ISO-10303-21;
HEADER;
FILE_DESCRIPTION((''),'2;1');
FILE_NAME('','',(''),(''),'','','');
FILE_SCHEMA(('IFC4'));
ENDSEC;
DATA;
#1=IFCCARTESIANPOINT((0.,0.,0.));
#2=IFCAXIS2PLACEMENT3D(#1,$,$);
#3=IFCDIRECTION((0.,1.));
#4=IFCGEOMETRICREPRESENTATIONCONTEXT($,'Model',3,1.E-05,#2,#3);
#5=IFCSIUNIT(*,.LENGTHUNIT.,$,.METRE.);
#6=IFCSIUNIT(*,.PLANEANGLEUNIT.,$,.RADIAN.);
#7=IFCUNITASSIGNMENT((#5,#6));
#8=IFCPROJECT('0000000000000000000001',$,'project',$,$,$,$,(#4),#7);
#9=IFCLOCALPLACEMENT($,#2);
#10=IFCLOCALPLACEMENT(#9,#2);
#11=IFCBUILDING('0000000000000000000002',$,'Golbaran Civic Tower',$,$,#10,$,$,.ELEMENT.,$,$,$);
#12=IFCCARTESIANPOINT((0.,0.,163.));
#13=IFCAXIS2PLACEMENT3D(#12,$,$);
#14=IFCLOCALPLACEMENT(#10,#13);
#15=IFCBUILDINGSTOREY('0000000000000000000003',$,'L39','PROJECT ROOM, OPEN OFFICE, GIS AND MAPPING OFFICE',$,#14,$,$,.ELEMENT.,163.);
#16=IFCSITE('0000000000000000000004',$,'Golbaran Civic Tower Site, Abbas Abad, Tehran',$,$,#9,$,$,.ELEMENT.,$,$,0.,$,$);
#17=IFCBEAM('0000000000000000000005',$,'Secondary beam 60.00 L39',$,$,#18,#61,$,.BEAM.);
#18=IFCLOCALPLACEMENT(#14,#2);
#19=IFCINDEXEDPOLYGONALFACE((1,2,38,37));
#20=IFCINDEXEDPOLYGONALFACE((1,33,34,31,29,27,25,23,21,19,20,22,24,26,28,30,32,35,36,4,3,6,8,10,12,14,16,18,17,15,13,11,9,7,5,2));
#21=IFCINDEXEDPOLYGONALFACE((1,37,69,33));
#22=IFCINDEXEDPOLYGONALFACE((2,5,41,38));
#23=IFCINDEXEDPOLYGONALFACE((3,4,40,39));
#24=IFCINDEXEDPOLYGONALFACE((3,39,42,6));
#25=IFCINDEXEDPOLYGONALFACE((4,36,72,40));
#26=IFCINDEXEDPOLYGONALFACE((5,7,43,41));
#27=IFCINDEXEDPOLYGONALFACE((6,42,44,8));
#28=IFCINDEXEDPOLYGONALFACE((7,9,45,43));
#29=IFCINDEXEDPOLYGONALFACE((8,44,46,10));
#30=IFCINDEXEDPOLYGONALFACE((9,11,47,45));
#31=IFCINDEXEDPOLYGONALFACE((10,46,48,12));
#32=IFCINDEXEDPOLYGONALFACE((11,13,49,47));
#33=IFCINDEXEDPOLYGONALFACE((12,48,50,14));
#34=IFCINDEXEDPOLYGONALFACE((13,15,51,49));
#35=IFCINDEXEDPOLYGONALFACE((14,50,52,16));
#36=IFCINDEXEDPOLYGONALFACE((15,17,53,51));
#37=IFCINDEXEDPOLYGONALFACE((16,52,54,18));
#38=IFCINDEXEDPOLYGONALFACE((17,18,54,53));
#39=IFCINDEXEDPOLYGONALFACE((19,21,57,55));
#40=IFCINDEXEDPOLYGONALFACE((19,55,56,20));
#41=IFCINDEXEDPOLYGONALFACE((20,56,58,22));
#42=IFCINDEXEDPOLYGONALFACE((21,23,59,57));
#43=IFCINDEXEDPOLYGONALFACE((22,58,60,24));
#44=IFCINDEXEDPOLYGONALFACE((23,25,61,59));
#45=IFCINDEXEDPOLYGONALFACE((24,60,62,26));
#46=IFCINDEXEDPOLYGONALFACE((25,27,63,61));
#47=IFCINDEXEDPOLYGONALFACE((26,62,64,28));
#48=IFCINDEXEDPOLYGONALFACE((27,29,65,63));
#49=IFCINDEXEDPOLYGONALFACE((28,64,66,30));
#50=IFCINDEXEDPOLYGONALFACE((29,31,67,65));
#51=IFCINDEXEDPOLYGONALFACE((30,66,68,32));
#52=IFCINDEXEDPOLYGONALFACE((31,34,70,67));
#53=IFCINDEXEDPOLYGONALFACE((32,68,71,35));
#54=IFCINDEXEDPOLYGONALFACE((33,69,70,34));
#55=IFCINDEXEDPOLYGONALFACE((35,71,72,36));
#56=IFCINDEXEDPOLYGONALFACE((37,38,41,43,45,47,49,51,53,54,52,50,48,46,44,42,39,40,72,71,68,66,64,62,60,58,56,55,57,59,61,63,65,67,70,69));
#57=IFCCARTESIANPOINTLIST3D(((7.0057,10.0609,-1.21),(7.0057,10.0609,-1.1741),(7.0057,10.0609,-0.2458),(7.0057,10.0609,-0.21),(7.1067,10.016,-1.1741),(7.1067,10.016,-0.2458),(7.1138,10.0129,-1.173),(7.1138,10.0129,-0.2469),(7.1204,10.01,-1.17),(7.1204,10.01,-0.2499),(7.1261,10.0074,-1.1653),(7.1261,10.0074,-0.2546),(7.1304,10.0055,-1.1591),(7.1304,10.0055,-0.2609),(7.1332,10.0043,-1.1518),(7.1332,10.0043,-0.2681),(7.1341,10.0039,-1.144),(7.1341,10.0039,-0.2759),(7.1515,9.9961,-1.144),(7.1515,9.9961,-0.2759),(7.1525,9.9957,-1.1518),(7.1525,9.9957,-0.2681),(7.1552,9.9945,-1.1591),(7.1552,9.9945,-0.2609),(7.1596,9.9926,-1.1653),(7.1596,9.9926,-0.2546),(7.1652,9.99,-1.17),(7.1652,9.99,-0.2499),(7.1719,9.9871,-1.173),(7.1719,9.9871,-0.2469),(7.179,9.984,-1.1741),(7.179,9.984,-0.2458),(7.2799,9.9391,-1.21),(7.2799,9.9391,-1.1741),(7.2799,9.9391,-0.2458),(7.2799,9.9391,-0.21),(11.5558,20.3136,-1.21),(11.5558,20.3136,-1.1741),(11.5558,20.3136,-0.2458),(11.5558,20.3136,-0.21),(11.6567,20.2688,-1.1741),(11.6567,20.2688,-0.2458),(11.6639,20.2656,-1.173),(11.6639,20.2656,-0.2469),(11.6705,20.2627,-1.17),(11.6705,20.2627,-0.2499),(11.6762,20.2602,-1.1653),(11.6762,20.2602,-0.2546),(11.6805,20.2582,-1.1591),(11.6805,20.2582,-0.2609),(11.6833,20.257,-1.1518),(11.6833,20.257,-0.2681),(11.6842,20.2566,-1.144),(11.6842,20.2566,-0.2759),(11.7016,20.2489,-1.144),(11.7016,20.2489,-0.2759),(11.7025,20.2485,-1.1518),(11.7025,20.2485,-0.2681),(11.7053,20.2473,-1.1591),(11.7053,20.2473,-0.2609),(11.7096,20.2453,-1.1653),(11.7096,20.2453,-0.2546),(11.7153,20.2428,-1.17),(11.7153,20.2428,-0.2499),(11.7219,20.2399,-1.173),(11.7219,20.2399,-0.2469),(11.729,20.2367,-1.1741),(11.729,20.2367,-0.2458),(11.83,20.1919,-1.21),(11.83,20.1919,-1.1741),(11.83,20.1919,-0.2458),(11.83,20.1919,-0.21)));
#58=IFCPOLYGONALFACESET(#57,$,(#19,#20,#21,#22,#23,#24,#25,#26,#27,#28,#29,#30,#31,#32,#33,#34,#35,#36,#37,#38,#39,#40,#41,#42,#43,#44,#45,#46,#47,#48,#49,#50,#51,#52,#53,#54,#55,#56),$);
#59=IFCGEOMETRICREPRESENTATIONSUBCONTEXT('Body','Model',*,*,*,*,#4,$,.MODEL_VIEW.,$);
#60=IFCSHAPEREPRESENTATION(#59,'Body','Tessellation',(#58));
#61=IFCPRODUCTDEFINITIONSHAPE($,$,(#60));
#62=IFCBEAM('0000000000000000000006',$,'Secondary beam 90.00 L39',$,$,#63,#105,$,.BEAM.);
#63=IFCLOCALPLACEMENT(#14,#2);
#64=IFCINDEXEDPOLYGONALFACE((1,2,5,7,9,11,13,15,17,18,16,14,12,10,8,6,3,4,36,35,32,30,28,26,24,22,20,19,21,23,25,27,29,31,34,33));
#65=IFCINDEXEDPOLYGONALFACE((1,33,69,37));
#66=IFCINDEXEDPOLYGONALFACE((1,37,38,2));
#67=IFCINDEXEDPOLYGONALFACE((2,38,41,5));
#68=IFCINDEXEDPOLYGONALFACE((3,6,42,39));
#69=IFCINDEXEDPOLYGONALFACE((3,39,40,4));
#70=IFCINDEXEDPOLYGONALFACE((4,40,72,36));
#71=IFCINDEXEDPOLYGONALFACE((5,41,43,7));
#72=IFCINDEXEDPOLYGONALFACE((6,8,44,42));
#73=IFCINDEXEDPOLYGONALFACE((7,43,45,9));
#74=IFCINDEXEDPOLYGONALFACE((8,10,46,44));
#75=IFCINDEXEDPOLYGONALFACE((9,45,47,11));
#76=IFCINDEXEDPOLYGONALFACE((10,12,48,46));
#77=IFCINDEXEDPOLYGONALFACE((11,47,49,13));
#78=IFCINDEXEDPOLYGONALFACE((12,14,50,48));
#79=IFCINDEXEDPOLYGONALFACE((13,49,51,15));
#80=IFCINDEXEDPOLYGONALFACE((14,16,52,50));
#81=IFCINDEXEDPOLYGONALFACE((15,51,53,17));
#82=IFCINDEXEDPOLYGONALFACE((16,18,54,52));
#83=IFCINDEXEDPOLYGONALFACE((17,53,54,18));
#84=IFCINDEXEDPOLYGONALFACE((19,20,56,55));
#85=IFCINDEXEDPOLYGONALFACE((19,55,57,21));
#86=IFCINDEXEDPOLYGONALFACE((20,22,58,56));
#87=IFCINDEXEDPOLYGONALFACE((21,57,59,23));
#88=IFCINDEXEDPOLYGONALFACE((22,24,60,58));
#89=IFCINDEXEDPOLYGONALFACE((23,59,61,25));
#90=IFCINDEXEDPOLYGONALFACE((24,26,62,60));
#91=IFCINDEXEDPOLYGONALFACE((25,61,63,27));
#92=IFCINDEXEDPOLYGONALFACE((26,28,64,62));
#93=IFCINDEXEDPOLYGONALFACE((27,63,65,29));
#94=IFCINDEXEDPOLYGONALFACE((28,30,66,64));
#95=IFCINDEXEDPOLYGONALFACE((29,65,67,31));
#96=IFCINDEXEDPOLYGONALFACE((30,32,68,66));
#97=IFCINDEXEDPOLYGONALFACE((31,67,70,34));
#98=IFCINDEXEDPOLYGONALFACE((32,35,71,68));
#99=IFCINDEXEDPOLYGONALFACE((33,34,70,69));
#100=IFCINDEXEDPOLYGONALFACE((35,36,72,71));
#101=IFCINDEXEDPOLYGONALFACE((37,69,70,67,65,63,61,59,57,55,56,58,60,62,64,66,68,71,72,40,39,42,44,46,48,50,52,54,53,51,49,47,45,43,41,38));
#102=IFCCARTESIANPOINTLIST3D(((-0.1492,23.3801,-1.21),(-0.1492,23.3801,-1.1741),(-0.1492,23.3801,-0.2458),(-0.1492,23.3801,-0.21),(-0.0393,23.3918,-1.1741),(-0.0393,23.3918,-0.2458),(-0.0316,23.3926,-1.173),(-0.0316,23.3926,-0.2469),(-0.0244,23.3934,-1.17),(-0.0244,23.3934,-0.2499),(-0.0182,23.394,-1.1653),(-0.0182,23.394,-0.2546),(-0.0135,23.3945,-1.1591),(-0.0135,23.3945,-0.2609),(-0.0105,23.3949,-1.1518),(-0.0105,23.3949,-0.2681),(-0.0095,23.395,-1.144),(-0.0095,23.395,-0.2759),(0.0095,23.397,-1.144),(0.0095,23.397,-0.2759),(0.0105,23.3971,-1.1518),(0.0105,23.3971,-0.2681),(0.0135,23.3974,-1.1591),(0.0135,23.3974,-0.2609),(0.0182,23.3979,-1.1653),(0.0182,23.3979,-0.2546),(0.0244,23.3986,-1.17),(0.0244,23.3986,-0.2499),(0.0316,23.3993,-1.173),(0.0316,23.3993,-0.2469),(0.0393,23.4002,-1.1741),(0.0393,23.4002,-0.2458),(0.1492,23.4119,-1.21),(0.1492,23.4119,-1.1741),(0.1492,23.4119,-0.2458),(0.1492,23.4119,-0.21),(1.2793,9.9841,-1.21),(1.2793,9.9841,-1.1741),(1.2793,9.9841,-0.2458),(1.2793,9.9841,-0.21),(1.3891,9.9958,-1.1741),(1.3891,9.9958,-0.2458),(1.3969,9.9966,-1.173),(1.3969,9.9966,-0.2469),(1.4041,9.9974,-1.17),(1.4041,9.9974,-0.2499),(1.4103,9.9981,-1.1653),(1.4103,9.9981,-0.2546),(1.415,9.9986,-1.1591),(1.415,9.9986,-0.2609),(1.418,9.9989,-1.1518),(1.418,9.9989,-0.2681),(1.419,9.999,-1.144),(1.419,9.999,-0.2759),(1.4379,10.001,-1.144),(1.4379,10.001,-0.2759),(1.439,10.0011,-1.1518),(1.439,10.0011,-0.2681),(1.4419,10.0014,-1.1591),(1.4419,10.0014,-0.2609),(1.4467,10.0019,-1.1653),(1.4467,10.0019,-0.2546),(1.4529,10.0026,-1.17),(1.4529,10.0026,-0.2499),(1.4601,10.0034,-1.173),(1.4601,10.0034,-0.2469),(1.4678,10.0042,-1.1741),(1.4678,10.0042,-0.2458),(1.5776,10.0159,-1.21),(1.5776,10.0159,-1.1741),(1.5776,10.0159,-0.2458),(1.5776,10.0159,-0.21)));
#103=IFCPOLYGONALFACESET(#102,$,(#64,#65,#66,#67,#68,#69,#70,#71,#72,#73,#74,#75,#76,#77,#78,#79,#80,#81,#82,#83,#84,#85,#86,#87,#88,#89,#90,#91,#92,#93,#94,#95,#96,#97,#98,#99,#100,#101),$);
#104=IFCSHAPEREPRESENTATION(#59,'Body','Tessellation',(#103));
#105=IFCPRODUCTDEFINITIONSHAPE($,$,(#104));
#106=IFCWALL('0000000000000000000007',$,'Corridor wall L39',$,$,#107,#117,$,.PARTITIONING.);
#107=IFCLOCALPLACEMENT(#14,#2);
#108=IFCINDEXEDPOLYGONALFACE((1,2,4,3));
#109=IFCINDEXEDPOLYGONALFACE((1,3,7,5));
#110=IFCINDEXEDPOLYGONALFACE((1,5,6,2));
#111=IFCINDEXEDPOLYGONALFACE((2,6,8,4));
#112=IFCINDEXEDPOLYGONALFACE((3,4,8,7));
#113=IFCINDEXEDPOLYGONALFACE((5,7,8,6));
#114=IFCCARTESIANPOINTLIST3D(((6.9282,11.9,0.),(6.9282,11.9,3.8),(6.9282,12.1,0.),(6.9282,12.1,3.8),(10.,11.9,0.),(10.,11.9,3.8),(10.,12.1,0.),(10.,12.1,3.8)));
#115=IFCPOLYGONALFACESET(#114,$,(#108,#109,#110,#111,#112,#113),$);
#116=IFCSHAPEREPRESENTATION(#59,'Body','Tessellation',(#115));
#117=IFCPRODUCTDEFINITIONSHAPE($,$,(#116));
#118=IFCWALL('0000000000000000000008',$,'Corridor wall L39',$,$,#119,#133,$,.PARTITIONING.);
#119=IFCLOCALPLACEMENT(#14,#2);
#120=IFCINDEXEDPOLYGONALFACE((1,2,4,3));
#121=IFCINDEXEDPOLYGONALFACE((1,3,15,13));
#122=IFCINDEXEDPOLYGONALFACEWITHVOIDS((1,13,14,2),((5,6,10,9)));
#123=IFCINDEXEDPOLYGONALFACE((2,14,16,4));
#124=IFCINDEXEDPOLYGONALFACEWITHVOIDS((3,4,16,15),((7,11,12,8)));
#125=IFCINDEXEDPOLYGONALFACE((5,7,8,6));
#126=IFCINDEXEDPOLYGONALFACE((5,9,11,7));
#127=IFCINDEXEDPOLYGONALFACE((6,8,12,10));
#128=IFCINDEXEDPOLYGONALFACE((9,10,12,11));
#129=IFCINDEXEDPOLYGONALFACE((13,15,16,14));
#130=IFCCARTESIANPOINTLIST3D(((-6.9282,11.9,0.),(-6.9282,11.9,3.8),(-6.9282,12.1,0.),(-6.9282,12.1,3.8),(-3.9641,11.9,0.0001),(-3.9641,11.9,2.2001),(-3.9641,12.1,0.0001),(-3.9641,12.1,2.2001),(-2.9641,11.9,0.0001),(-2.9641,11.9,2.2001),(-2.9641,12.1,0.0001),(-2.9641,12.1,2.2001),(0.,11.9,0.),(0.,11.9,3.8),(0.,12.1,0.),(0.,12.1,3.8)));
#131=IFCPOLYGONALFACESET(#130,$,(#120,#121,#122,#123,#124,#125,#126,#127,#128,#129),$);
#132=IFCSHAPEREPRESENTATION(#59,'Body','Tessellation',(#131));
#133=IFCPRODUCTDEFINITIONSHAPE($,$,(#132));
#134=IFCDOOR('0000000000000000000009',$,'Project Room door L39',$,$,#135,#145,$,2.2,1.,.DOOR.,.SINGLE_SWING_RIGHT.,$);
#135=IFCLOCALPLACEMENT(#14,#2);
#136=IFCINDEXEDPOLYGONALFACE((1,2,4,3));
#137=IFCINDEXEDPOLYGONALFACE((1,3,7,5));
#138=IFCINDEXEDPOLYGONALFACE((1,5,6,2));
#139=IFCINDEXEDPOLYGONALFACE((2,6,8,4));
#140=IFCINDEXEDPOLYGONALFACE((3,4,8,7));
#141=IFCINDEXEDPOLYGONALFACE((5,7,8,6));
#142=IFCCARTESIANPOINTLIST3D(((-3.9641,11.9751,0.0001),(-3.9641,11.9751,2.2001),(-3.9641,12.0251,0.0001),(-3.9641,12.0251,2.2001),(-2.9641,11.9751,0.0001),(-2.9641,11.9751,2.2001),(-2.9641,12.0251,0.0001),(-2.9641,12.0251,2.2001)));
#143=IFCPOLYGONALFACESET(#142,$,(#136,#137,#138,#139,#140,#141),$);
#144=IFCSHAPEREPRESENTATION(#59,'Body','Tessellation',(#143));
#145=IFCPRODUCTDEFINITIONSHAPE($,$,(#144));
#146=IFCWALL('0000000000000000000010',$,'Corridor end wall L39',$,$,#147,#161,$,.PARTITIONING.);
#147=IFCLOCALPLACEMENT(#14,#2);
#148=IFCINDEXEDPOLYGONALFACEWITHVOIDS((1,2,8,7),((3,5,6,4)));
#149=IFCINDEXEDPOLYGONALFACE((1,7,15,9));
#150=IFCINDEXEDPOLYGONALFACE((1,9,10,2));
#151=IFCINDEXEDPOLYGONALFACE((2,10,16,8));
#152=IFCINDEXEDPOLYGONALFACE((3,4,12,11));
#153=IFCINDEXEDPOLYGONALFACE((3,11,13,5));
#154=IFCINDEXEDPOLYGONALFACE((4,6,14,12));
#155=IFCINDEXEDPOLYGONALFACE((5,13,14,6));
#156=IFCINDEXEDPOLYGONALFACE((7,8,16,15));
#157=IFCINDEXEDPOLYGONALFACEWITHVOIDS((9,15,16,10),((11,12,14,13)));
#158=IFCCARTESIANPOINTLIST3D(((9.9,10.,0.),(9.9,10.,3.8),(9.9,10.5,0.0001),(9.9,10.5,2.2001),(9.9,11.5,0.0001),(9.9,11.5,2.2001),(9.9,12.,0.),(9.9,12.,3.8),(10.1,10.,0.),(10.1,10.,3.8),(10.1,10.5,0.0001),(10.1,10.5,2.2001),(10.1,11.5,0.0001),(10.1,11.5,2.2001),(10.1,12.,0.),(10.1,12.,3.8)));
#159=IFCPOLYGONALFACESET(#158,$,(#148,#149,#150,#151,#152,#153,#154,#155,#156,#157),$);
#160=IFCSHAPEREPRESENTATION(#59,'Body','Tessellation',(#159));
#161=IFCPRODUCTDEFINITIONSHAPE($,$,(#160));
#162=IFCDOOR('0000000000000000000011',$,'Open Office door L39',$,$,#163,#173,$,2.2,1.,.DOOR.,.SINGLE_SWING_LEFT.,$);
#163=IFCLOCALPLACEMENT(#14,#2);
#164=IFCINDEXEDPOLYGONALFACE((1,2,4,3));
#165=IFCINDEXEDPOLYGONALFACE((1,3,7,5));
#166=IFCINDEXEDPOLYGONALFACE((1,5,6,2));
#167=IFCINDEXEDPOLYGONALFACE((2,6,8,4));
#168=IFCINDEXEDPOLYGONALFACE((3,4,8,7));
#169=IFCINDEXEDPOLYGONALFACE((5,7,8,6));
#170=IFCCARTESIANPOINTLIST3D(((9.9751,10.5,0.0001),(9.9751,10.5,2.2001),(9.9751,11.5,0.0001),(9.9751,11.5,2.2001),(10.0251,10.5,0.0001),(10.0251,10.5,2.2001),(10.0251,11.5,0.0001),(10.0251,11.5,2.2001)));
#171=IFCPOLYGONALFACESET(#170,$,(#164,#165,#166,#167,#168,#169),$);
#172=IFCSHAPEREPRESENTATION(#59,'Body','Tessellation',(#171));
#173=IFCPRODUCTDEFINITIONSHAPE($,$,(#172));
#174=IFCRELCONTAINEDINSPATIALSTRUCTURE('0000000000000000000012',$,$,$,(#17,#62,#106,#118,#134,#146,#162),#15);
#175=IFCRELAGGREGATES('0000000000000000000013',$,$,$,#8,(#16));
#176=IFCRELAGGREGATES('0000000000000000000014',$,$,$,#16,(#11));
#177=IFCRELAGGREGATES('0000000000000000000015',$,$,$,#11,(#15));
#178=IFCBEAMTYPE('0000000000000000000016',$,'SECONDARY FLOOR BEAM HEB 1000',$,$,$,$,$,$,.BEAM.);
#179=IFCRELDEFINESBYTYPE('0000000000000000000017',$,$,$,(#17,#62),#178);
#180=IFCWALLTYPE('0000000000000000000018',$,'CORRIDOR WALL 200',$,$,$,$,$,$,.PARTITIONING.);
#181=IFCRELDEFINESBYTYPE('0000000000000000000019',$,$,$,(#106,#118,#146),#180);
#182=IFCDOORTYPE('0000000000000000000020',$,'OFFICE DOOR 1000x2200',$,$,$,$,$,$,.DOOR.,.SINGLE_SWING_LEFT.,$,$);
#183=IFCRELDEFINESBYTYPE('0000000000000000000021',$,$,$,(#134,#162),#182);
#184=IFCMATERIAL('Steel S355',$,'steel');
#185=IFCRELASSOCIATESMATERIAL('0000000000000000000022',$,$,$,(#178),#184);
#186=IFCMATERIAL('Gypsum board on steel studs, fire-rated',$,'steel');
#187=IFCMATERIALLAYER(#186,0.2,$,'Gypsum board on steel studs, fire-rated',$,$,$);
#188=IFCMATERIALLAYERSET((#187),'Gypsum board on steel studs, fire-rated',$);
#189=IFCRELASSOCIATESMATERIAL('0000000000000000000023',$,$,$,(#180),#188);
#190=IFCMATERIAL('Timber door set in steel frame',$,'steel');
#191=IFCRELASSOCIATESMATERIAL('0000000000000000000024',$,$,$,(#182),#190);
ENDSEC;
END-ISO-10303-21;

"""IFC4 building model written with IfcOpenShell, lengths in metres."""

from ifc_helpers import new_model, si_unit, direction, frame, frame_2d, origin, origin_2d, place, context, subcontext, project, spatial, rectangle, i_section, extrude, material, layer, layer_set, material_profile, profile_set, type_object, element, fill, save


model = new_model("IFC4")

# Units and contexts
model_context = context("Model", 3, precision=1e-05, world=origin(), true_north=direction((0.0, 1.0)))
body_context = subcontext(model_context, "Body", "Model", "MODEL_VIEW")
ifc_project = project(units=[si_unit("LENGTHUNIT", "METRE"), si_unit("PLANEANGLEUNIT", "RADIAN")], contexts=[model_context])

# Site, building, storey
site_placement = place(None, origin())
site = spatial("IfcSite", under=ifc_project, at=site_placement, Name="Golbaran Civic Tower Site, Abbas Abad, Tehran", CompositionType="ELEMENT", RefElevation=0.0)
building_placement = place(site_placement, origin())
building = spatial("IfcBuilding", under=site, at=building_placement, Name="Golbaran Civic Tower", CompositionType="ELEMENT")
storey_placement = place(building_placement, frame((0.0, 0.0, 163.0)))
storey = spatial("IfcBuildingStorey", under=building, at=storey_placement, Name="L39", Description="PROJECT ROOM, OPEN OFFICE, GIS AND MAPPING OFFICE", CompositionType="ELEMENT", Elevation=163.0)

# Beams
ifc_material_1 = material(Name="Steel S355", Category="steel")
ifc_material_profile_1 = material_profile(ifc_material_1, i_section(OverallWidth=0.3, OverallDepth=1.0, WebThickness=0.019, FlangeThickness=0.0359, FilletRadius=0.03, at=origin_2d()), Name="HEB 1000")
ifc_profile_set_1 = profile_set([ifc_material_profile_1], Name="Steel S355")
beam_type_1 = type_object("IfcBeamType", Name="SECONDARY FLOOR BEAM HEB 1000", PredefinedType="BEAM", material=ifc_profile_set_1)
beam_1_placement = place(storey_placement, frame((7.1428, 10.0, -0.71), z_axis=(0.40564, 0.914033, 0.0), x_axis=(-0.914033, 0.40564, 0.0)))
element("IfcBeam", 1, at=beam_1_placement, inside=storey, type_object=beam_type_1, Name="Secondary beam 60.00 L39", PredefinedType="BEAM", context=body_context, shape_type="SweptSolid", body=[
    extrude(i_section(OverallWidth=0.3, OverallDepth=1.0, WebThickness=0.019, FlangeThickness=0.0359, FilletRadius=0.03, at=origin_2d()), origin(), (0.0, 0.0, 1.0), 11.217),
])
beam_2_placement = place(storey_placement, frame((1.4285, 10.0, -0.71), z_axis=(-0.106033, 0.994363, 0.0), x_axis=(-0.994363, -0.106033, 0.0)))
element("IfcBeam", 2, at=beam_2_placement, inside=storey, type_object=beam_type_1, Name="Secondary beam 90.00 L39", PredefinedType="BEAM", context=body_context, shape_type="SweptSolid", body=[
    extrude(i_section(OverallWidth=0.3, OverallDepth=1.0, WebThickness=0.019, FlangeThickness=0.0359, FilletRadius=0.03, at=origin_2d()), origin(), (0.0, 0.0, 1.0), 13.4719),
])

# Wall
ifc_material_2 = material(Name="Gypsum board on steel studs, fire-rated", Category="steel")
ifc_layer_1 = layer(ifc_material_2, 0.2, Name="Gypsum board on steel studs, fire-rated")
ifc_layer_set_1 = layer_set([ifc_layer_1], Name="Gypsum board on steel studs, fire-rated")
wall_type_1 = type_object("IfcWallType", Name="CORRIDOR WALL 200", PredefinedType="PARTITIONING", material=ifc_layer_set_1)
wall_1_placement = place(storey_placement, frame((10.0, 12.0, 0.0), z_axis=(0.0, 0.0, 1.0), x_axis=(-1.0, 0.0, 0.0)))
element("IfcWall", 3, at=wall_1_placement, inside=storey, type_object=wall_type_1, Name="Corridor wall L39", PredefinedType="PARTITIONING", context=body_context, shape_type="SweptSolid", body=[
    extrude(rectangle(XDim=3.0718, YDim=0.2, at=frame_2d((1.5359, 0.0))), origin(), (0.0, 0.0, 1.0), 3.8),
])

# Walls, openings, doors
wall_2_placement = place(storey_placement, frame((0.0, 12.0, 0.0), z_axis=(0.0, 0.0, 1.0), x_axis=(-1.0, 0.0, 0.0)))
wall_2 = element("IfcWall", 4, at=wall_2_placement, inside=storey, type_object=wall_type_1, Name="Corridor wall L39", PredefinedType="PARTITIONING", context=body_context, shape_type="SweptSolid", body=[
    extrude(rectangle(XDim=6.9282, YDim=0.2, at=frame_2d((3.4641, 0.0))), origin(), (0.0, 0.0, 1.0), 3.8),
])
opening_1_placement = place(wall_2_placement, frame((2.9641, 0.0, 0.0)))
opening_1 = element("IfcOpeningElement", 5, at=opening_1_placement, cuts=wall_2, PredefinedType="OPENING", context=body_context, shape_type="SweptSolid", body=[
    extrude(rectangle(XDim=1.0, YDim=2.2, at=frame_2d((0.5, 1.1001))), frame((0.0, 0.1099, 0.0), z_axis=(0.0, -1.0, 0.0), x_axis=(1.0, 0.0, 0.0)), (0.0, 0.0, 1.0), 0.22),
])
ifc_material_3 = material(Name="Timber door set in steel frame", Category="steel")
door_type = type_object("IfcDoorType", Name="OFFICE DOOR 1000x2200", OperationType="SINGLE_SWING_LEFT", PredefinedType="DOOR", material=ifc_material_3)
door_1_placement = place(opening_1_placement, origin())
door_1 = element("IfcDoor", 6, at=door_1_placement, inside=storey, type_object=door_type, Name="Project Room door L39", OperationType="SINGLE_SWING_RIGHT", OverallHeight=2.2, OverallWidth=1.0, PredefinedType="DOOR", context=body_context, shape_type="SweptSolid", body=[
    extrude(rectangle(XDim=1.0, YDim=2.2, at=frame_2d((0.5, 1.1001))), frame((0.0, 0.0249, 0.0), z_axis=(0.0, -1.0, 0.0), x_axis=(1.0, 0.0, 0.0)), (0.0, 0.0, 1.0), 0.05),
])
fill(opening_1, door_1)
wall_3_placement = place(storey_placement, frame((10.0, 10.0, 0.0), z_axis=(0.0, 0.0, 1.0), x_axis=(0.0, 1.0, 0.0)))
wall_3 = element("IfcWall", 7, at=wall_3_placement, inside=storey, type_object=wall_type_1, Name="Corridor end wall L39", PredefinedType="PARTITIONING", context=body_context, shape_type="SweptSolid", body=[
    extrude(rectangle(XDim=2.0, YDim=0.2, at=frame_2d((1.0, 0.0))), origin(), (0.0, 0.0, 1.0), 3.8),
])
opening_2_placement = place(wall_3_placement, frame((0.5, 0.0, 0.0)))
opening_2 = element("IfcOpeningElement", 8, at=opening_2_placement, cuts=wall_3, PredefinedType="OPENING", context=body_context, shape_type="SweptSolid", body=[
    extrude(rectangle(XDim=1.0, YDim=2.2, at=frame_2d((0.5, 1.1001))), frame((0.0, 0.1099, 0.0), z_axis=(0.0, -1.0, 0.0), x_axis=(1.0, 0.0, 0.0)), (0.0, 0.0, 1.0), 0.22),
])
door_2_placement = place(opening_2_placement, origin())
door_2 = element("IfcDoor", 9, at=door_2_placement, inside=storey, type_object=door_type, Name="Open Office door L39", OperationType="SINGLE_SWING_LEFT", OverallHeight=2.2, OverallWidth=1.0, PredefinedType="DOOR", context=body_context, shape_type="SweptSolid", body=[
    extrude(rectangle(XDim=1.0, YDim=2.2, at=frame_2d((0.5, 1.1001))), frame((0.0, 0.0249, 0.0), z_axis=(0.0, -1.0, 0.0), x_axis=(1.0, 0.0, 0.0)), (0.0, 0.0, 1.0), 0.05),
])
fill(opening_2, door_2)

save(model, "model.ifc")
